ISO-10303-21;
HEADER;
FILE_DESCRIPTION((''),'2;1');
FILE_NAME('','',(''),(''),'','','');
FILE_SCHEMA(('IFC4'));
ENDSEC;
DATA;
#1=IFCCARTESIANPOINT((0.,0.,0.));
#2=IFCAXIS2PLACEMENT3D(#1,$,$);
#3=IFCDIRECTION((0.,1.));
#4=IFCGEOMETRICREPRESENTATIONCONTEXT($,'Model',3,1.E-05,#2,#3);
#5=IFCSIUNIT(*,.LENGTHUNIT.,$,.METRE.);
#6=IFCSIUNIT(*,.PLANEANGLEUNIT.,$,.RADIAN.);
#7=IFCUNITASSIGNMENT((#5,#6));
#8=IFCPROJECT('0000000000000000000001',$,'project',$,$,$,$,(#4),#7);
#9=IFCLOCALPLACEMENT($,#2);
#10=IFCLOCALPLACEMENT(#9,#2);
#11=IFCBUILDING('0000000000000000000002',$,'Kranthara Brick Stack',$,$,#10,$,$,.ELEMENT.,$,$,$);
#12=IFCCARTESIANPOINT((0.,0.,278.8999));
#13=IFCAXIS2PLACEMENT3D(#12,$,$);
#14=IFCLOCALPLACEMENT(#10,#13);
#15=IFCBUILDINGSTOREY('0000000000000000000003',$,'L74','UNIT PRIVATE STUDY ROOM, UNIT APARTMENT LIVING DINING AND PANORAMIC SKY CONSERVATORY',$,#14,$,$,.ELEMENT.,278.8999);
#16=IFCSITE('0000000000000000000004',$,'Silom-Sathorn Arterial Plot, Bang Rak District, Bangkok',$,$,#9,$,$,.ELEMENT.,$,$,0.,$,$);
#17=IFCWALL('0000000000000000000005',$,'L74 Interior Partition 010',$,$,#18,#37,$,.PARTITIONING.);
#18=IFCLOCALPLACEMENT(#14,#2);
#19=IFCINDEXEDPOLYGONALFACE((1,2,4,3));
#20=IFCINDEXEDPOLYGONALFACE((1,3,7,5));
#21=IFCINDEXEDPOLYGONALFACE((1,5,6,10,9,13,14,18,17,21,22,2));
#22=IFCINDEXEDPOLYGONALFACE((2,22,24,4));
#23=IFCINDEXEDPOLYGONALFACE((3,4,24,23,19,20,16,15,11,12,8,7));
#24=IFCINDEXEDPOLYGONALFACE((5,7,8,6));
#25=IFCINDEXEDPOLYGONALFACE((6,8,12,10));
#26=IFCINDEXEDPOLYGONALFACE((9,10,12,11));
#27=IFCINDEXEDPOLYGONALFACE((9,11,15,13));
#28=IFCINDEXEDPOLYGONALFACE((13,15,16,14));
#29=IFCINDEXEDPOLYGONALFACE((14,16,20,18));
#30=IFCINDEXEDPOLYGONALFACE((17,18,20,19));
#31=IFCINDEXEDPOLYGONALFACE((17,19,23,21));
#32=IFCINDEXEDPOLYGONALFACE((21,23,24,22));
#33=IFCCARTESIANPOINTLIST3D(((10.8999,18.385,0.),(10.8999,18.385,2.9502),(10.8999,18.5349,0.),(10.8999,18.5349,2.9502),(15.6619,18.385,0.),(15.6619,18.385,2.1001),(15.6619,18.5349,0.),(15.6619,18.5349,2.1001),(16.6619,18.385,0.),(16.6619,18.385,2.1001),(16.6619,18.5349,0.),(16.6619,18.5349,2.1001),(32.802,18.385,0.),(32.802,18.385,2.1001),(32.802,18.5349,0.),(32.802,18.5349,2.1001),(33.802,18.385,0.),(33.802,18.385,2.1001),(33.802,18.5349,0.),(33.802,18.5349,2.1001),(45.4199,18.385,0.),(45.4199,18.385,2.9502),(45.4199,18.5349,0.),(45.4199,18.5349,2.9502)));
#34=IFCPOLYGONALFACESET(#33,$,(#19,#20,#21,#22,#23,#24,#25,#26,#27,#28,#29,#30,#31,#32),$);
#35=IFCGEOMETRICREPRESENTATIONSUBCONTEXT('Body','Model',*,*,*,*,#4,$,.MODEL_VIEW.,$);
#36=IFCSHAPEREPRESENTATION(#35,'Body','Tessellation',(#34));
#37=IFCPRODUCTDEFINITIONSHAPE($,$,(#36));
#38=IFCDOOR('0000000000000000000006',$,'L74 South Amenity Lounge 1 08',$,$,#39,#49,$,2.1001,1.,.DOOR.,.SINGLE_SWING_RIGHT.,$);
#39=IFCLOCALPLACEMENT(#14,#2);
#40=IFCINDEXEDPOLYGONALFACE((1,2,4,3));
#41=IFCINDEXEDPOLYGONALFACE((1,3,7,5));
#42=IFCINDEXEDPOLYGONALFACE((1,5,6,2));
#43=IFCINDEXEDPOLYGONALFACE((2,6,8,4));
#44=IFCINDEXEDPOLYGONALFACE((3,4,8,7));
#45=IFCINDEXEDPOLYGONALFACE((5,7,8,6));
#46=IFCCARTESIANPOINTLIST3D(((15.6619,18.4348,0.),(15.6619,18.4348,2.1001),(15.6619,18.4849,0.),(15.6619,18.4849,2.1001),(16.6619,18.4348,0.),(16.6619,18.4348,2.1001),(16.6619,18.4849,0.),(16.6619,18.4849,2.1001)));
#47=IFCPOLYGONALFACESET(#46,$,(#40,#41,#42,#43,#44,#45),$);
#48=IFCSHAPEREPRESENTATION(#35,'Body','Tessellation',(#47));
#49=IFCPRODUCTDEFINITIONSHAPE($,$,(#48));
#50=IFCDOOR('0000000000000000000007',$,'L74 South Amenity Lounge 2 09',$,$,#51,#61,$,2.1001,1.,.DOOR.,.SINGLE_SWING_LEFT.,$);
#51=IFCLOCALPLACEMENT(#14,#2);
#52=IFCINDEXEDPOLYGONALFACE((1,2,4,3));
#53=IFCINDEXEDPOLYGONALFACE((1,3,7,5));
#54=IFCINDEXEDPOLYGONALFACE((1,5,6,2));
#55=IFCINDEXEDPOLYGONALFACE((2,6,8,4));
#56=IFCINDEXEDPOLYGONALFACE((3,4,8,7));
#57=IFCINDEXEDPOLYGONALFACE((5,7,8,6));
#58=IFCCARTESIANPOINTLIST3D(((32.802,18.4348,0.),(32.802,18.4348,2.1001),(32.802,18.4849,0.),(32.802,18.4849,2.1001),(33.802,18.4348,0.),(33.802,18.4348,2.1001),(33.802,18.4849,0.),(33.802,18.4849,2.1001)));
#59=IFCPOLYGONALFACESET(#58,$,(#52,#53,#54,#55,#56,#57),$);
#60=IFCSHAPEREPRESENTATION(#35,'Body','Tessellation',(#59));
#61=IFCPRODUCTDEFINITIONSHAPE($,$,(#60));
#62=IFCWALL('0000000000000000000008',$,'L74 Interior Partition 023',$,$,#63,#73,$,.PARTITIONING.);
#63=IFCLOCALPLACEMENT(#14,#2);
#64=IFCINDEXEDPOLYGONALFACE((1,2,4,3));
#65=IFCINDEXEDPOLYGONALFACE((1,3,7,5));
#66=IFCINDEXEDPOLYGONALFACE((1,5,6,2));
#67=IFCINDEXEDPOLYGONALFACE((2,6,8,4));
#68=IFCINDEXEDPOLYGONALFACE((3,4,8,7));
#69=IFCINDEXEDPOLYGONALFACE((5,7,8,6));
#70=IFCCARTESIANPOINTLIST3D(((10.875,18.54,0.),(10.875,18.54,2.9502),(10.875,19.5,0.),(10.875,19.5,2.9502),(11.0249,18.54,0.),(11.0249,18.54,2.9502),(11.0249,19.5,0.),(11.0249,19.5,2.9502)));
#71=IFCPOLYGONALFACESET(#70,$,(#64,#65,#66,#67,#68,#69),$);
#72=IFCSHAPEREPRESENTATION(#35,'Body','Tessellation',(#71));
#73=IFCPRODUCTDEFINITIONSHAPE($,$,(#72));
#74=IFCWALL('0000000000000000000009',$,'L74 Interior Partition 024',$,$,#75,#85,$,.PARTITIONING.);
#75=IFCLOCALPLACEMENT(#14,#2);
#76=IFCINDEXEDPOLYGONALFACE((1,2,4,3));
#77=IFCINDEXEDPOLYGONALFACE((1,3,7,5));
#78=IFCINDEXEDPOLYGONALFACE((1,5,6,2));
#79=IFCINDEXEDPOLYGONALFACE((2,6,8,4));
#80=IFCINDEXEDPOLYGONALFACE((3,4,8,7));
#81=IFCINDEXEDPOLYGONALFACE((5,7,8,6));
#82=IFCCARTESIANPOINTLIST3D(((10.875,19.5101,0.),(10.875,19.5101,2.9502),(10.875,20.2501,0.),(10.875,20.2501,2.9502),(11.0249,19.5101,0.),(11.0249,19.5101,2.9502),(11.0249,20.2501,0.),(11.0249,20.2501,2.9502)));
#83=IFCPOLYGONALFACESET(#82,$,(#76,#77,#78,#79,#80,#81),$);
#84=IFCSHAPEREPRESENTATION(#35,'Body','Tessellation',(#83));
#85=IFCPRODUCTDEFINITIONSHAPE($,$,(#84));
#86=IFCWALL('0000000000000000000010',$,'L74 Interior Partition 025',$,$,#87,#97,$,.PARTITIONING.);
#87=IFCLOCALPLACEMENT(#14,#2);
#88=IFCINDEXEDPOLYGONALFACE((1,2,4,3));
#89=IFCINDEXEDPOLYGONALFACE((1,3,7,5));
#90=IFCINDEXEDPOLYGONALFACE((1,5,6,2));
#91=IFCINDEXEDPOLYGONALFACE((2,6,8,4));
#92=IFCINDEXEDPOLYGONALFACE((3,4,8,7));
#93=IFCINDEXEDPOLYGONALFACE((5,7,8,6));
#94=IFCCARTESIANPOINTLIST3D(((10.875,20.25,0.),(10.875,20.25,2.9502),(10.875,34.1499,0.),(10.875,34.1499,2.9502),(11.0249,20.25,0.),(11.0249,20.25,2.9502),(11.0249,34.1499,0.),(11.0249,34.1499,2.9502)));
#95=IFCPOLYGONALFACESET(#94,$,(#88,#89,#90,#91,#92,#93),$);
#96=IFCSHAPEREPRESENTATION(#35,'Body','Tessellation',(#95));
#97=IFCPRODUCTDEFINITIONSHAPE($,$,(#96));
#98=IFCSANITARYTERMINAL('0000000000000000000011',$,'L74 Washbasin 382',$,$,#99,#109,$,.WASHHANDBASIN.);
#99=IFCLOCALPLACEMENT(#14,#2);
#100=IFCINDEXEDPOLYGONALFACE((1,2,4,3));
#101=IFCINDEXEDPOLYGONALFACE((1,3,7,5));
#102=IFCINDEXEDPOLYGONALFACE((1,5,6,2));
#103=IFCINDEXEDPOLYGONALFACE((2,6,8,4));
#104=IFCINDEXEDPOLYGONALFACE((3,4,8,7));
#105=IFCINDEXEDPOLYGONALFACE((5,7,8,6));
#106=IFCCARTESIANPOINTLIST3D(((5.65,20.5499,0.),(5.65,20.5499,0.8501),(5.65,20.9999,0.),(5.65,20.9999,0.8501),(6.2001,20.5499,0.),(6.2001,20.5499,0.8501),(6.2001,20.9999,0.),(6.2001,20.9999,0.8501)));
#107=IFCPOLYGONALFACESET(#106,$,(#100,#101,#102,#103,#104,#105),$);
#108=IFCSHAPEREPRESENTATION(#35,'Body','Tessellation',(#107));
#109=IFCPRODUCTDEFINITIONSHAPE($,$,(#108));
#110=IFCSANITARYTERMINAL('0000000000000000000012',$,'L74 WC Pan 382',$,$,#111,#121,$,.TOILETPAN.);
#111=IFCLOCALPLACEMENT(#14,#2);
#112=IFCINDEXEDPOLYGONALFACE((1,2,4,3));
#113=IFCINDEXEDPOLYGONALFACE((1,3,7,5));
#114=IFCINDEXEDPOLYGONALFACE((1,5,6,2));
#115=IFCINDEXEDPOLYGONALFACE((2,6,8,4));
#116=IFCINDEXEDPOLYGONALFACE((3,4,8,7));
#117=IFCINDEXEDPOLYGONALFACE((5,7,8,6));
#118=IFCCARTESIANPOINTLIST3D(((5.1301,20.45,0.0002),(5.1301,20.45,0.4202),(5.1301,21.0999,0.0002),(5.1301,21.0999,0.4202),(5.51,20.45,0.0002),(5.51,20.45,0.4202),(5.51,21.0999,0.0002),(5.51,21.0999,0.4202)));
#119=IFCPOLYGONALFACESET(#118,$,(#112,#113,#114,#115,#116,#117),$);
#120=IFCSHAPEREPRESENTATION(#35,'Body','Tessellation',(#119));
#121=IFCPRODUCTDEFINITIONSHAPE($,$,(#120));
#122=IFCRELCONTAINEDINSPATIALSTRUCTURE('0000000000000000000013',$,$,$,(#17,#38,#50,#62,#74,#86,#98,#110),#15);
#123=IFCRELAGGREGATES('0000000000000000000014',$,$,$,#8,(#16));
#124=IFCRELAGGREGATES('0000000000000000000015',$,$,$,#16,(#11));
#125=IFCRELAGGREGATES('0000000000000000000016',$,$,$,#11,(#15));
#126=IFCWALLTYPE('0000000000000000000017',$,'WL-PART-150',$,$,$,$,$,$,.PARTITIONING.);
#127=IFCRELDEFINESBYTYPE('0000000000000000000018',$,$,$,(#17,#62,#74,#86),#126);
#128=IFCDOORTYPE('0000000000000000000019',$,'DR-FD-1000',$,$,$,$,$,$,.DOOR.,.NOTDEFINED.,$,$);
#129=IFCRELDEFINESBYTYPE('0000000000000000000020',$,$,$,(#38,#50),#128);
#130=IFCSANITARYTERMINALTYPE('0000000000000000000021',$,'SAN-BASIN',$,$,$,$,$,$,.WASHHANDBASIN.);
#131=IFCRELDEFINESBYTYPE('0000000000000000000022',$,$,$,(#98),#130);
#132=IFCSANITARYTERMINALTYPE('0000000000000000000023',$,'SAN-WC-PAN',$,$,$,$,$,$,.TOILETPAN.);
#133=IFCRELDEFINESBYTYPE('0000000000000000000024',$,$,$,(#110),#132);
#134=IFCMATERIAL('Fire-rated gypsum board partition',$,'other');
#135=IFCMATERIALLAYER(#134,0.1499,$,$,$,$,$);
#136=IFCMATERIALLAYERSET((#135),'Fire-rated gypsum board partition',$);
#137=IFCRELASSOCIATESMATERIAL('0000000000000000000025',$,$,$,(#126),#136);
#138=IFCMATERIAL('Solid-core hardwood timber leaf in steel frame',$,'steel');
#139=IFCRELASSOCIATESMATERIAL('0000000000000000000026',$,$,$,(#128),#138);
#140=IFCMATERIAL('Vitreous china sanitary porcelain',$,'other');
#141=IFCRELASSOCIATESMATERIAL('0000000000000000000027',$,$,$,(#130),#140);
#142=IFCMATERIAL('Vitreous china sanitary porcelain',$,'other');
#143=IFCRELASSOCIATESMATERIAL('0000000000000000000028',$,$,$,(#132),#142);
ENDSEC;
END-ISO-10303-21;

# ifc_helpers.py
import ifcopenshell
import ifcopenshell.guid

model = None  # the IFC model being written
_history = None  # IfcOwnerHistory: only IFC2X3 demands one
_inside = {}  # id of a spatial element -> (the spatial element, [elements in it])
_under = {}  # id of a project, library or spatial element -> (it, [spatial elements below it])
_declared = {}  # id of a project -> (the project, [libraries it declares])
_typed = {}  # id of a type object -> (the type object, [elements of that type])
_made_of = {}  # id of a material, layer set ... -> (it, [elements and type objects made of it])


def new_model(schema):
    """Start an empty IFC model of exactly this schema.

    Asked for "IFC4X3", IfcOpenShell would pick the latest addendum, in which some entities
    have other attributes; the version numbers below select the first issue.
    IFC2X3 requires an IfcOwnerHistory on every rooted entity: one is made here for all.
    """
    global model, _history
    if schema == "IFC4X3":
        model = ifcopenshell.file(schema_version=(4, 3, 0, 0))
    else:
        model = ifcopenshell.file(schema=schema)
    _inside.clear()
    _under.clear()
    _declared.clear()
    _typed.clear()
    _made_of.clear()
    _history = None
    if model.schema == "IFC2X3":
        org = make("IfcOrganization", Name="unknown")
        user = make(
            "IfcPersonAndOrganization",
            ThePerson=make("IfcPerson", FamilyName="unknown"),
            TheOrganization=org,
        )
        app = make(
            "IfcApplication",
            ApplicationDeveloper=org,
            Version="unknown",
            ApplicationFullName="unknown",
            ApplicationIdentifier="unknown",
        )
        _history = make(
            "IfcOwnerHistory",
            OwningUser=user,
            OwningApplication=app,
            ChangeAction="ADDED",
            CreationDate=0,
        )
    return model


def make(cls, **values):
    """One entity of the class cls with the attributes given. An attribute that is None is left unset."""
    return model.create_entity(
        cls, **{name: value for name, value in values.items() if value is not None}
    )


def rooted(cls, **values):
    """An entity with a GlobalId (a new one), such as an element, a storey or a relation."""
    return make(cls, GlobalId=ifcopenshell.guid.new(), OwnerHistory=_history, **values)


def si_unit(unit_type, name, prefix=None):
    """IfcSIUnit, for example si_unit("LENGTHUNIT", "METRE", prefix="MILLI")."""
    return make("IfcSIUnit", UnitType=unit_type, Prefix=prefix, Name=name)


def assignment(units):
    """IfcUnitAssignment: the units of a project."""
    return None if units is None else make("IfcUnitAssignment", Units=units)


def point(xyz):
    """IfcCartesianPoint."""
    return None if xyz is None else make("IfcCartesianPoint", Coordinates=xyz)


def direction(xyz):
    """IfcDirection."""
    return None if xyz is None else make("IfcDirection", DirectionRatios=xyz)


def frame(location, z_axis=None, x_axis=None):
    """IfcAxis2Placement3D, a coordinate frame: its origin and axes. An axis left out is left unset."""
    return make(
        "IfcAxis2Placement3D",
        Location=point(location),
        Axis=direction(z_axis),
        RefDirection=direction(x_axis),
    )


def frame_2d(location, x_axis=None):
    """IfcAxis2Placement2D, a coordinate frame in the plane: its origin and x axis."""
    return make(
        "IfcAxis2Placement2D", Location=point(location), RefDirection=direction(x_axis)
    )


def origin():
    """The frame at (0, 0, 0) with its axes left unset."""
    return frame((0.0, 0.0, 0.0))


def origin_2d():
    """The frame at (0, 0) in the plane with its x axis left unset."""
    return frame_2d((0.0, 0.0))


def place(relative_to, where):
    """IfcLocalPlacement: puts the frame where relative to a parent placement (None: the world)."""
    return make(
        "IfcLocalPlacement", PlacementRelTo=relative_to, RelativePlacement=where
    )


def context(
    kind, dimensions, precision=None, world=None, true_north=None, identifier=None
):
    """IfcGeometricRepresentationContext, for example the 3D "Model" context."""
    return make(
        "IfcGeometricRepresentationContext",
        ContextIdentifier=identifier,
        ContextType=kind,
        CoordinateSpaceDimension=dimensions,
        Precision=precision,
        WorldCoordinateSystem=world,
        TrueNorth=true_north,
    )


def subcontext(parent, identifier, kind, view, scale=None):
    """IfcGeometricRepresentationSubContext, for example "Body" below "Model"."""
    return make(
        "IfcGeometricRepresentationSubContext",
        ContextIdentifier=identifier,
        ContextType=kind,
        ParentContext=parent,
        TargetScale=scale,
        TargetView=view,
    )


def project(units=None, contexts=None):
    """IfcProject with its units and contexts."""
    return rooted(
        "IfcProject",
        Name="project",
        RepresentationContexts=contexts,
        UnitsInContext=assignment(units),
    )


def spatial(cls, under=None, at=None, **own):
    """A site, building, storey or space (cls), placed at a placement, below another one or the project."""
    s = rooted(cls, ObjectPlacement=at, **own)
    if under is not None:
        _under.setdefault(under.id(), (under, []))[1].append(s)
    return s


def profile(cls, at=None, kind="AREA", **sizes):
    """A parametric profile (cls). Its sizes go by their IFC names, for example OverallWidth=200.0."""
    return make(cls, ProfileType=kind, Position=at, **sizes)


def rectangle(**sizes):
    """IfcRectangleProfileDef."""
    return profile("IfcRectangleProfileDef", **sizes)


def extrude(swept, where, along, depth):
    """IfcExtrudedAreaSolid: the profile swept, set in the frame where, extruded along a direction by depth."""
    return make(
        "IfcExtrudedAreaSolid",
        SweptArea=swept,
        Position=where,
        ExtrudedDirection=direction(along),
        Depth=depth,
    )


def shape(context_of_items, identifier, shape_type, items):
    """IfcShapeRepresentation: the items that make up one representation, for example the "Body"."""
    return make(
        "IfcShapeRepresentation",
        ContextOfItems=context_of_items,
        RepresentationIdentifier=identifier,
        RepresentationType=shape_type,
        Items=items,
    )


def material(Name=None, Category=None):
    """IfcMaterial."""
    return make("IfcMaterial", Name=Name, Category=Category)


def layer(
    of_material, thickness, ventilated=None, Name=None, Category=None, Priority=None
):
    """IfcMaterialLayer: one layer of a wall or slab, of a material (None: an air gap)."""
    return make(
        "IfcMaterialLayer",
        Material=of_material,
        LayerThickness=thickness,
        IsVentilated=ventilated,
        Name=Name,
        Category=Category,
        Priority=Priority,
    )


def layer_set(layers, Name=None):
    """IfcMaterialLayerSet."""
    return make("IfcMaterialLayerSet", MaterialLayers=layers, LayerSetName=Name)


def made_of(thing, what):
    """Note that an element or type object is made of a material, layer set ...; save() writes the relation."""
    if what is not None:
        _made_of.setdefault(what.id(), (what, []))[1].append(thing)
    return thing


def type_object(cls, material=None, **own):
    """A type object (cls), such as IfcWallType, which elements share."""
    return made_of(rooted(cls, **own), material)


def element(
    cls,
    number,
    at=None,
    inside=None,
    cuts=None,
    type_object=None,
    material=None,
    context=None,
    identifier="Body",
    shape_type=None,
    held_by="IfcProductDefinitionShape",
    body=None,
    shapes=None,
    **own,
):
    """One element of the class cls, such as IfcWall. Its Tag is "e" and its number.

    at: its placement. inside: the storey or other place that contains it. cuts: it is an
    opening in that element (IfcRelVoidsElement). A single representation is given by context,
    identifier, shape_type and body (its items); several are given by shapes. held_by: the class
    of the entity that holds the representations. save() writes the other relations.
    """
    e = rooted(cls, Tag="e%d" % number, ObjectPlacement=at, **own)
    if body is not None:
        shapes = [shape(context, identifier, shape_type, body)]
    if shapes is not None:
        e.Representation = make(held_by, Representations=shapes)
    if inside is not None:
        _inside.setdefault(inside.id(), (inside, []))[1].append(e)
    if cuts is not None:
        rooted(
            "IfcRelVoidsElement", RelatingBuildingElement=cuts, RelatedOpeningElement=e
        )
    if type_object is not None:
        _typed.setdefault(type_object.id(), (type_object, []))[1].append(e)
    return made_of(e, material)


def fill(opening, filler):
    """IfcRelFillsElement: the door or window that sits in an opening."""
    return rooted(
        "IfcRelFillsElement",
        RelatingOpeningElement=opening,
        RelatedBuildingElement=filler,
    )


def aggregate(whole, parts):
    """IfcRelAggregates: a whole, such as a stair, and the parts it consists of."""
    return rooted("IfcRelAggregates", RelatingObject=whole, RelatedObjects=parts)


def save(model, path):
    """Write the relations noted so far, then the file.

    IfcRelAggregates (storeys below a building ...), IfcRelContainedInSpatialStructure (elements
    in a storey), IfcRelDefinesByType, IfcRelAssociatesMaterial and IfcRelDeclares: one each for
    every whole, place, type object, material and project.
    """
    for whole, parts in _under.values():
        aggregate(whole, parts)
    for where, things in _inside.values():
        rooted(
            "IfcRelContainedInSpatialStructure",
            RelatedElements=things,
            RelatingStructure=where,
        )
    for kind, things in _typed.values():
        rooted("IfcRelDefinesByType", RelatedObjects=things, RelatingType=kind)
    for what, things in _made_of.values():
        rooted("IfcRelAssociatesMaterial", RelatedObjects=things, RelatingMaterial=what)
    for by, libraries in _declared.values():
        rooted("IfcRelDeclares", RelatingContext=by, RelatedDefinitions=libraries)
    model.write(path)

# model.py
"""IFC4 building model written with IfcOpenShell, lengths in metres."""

from ifc_helpers import new_model, si_unit, direction, frame, frame_2d, origin, origin_2d, place, context, subcontext, project, spatial, rectangle, extrude, material, layer, layer_set, type_object, element, fill, save


model = new_model("IFC4")

# Units and contexts
model_context = context("Model", 3, precision=1e-05, world=origin(), true_north=direction((0.0, 1.0)))
body_context = subcontext(model_context, "Body", "Model", "MODEL_VIEW")
ifc_project = project(units=[si_unit("LENGTHUNIT", "METRE"), si_unit("PLANEANGLEUNIT", "RADIAN")], contexts=[model_context])

# Site, building, storey
site_placement = place(None, origin())
site = spatial("IfcSite", under=ifc_project, at=site_placement, Name="Silom-Sathorn Arterial Plot, Bang Rak District, Bangkok", CompositionType="ELEMENT", RefElevation=0.0)
building_placement = place(site_placement, origin())
building = spatial("IfcBuilding", under=site, at=building_placement, Name="Kranthara Brick Stack", CompositionType="ELEMENT")
storey_placement = place(building_placement, frame((0.0, 0.0, 278.8999)))
storey = spatial("IfcBuildingStorey", under=building, at=storey_placement, Name="L74", Description="UNIT PRIVATE STUDY ROOM, UNIT APARTMENT LIVING DINING AND PANORAMIC SKY CONSERVATORY", CompositionType="ELEMENT", Elevation=278.8999)

# Wall, openings, doors
ifc_material_1 = material(Name="Fire-rated gypsum board partition", Category="other")
ifc_layer_1 = layer(ifc_material_1, 0.1499)
ifc_layer_set_1 = layer_set([ifc_layer_1], Name="Fire-rated gypsum board partition")
wall_type_1 = type_object("IfcWallType", Name="WL-PART-150", PredefinedType="PARTITIONING", material=ifc_layer_set_1)
wall_1_placement = place(storey_placement, frame((10.8999, 18.46, 0.0), z_axis=(0.0, 0.0, 1.0), x_axis=(1.0, 0.0, 0.0)))
wall_1 = element("IfcWall", 1, at=wall_1_placement, inside=storey, type_object=wall_type_1, Name="L74 Interior Partition 010", PredefinedType="PARTITIONING", context=body_context, shape_type="SweptSolid", body=[
    extrude(rectangle(XDim=34.52, YDim=0.1499, at=frame_2d((17.26, 0.0))), origin(), (0.0, 0.0, 1.0), 2.9502),
])
opening_1_placement = place(wall_1_placement, frame((4.762, 0.0, 0.0)))
opening_1 = element("IfcOpeningElement", 2, at=opening_1_placement, cuts=wall_1, PredefinedType="OPENING", context=body_context, shape_type="SweptSolid", body=[
    extrude(rectangle(XDim=1.0, YDim=2.1001, at=frame_2d((0.5, 1.05))), frame((0.0, 0.085, 0.0), z_axis=(0.0, -1.0, 0.0), x_axis=(1.0, 0.0, 0.0)), (0.0, 0.0, 1.0), 0.1699),
])
opening_2_placement = place(wall_1_placement, frame((21.9021, 0.0, 0.0)))
opening_2 = element("IfcOpeningElement", 3, at=opening_2_placement, cuts=wall_1, PredefinedType="OPENING", context=body_context, shape_type="SweptSolid", body=[
    extrude(rectangle(XDim=1.0, YDim=2.1001, at=frame_2d((0.5, 1.05))), frame((0.0, 0.085, 0.0), z_axis=(0.0, -1.0, 0.0), x_axis=(1.0, 0.0, 0.0)), (0.0, 0.0, 1.0), 0.1699),
])
ifc_material_2 = material(Name="Solid-core hardwood timber leaf in steel frame", Category="steel")
door_type = type_object("IfcDoorType", Name="DR-FD-1000", OperationType="NOTDEFINED", PredefinedType="DOOR", material=ifc_material_2)
door_1_placement = place(opening_1_placement, origin())
door_1 = element("IfcDoor", 4, at=door_1_placement, inside=storey, type_object=door_type, Name="L74 South Amenity Lounge 1 08", OperationType="SINGLE_SWING_RIGHT", OverallHeight=2.1001, OverallWidth=1.0, PredefinedType="DOOR", context=body_context, shape_type="SweptSolid", body=[
    extrude(rectangle(XDim=1.0, YDim=2.1001, at=frame_2d((0.5, 1.05))), frame((0.0, 0.0249, 0.0), z_axis=(0.0, -1.0, 0.0), x_axis=(1.0, 0.0, 0.0)), (0.0, 0.0, 1.0), 0.05),
])
fill(opening_1, door_1)
door_2_placement = place(opening_2_placement, origin())
door_2 = element("IfcDoor", 5, at=door_2_placement, inside=storey, type_object=door_type, Name="L74 South Amenity Lounge 2 09", OperationType="SINGLE_SWING_LEFT", OverallHeight=2.1001, OverallWidth=1.0, PredefinedType="DOOR", context=body_context, shape_type="SweptSolid", body=[
    extrude(rectangle(XDim=1.0, YDim=2.1001, at=frame_2d((0.5, 1.05))), frame((0.0, 0.0249, 0.0), z_axis=(0.0, -1.0, 0.0), x_axis=(1.0, 0.0, 0.0)), (0.0, 0.0, 1.0), 0.05),
])
fill(opening_2, door_2)

# Walls
wall_2_placement = place(storey_placement, frame((10.95, 19.5, 0.0), z_axis=(0.0, 0.0, 1.0), x_axis=(0.0, -1.0, 0.0)))
element("IfcWall", 6, at=wall_2_placement, inside=storey, type_object=wall_type_1, Name="L74 Interior Partition 023", PredefinedType="PARTITIONING", context=body_context, shape_type="SweptSolid", body=[
    extrude(rectangle(XDim=0.96, YDim=0.1499, at=frame_2d((0.48, 0.0))), origin(), (0.0, 0.0, 1.0), 2.9502),
])
wall_3_placement = place(storey_placement, frame((10.95, 19.51, 0.0), z_axis=(0.0, 0.0, 1.0), x_axis=(0.0, 1.0, 0.0)))
element("IfcWall", 7, at=wall_3_placement, inside=storey, type_object=wall_type_1, Name="L74 Interior Partition 024", PredefinedType="PARTITIONING", context=body_context, shape_type="SweptSolid", body=[
    extrude(rectangle(XDim=0.74, YDim=0.1499, at=frame_2d((0.3701, 0.0))), origin(), (0.0, 0.0, 1.0), 2.9502),
])
wall_4_placement = place(storey_placement, frame((10.95, 20.25, 0.0), z_axis=(0.0, 0.0, 1.0), x_axis=(0.0, 1.0, 0.0)))
element("IfcWall", 8, at=wall_4_placement, inside=storey, type_object=wall_type_1, Name="L74 Interior Partition 025", PredefinedType="PARTITIONING", context=body_context, shape_type="SweptSolid", body=[
    extrude(rectangle(XDim=13.8999, YDim=0.1499, at=frame_2d((6.95, 0.0))), origin(), (0.0, 0.0, 1.0), 2.9502),
])

# Sanitary terminals
ifc_material_3 = material(Name="Vitreous china sanitary porcelain", Category="other")
sanitary_terminal_type_1 = type_object("IfcSanitaryTerminalType", Name="SAN-BASIN", PredefinedType="WASHHANDBASIN", material=ifc_material_3)
sanitary_terminal_1_placement = place(storey_placement, frame((5.925, 20.7749, 0.0), z_axis=(0.0, 0.0, 1.0), x_axis=(1.0, 0.0, 0.0)))
element("IfcSanitaryTerminal", 9, at=sanitary_terminal_1_placement, inside=storey, type_object=sanitary_terminal_type_1, Name="L74 Washbasin 382", PredefinedType="WASHHANDBASIN", context=body_context, shape_type="SweptSolid", body=[
    extrude(rectangle(XDim=0.55, YDim=0.45, at=origin_2d()), origin(), (0.0, 0.0, 1.0), 0.8501),
])
ifc_material_4 = material(Name="Vitreous china sanitary porcelain", Category="other")
sanitary_terminal_type_2 = type_object("IfcSanitaryTerminalType", Name="SAN-WC-PAN", PredefinedType="TOILETPAN", material=ifc_material_4)
sanitary_terminal_2_placement = place(storey_placement, frame((5.3201, 20.7749, 0.0002), z_axis=(0.0, 0.0, 1.0), x_axis=(1.0, 0.0, 0.0)))
element("IfcSanitaryTerminal", 10, at=sanitary_terminal_2_placement, inside=storey, type_object=sanitary_terminal_type_2, Name="L74 WC Pan 382", PredefinedType="TOILETPAN", context=body_context, shape_type="SweptSolid", body=[
    extrude(rectangle(XDim=0.3799, YDim=0.6499, at=origin_2d()), origin(), (0.0, 0.0, 1.0), 0.4199),
])

save(model, "model.ifc")
